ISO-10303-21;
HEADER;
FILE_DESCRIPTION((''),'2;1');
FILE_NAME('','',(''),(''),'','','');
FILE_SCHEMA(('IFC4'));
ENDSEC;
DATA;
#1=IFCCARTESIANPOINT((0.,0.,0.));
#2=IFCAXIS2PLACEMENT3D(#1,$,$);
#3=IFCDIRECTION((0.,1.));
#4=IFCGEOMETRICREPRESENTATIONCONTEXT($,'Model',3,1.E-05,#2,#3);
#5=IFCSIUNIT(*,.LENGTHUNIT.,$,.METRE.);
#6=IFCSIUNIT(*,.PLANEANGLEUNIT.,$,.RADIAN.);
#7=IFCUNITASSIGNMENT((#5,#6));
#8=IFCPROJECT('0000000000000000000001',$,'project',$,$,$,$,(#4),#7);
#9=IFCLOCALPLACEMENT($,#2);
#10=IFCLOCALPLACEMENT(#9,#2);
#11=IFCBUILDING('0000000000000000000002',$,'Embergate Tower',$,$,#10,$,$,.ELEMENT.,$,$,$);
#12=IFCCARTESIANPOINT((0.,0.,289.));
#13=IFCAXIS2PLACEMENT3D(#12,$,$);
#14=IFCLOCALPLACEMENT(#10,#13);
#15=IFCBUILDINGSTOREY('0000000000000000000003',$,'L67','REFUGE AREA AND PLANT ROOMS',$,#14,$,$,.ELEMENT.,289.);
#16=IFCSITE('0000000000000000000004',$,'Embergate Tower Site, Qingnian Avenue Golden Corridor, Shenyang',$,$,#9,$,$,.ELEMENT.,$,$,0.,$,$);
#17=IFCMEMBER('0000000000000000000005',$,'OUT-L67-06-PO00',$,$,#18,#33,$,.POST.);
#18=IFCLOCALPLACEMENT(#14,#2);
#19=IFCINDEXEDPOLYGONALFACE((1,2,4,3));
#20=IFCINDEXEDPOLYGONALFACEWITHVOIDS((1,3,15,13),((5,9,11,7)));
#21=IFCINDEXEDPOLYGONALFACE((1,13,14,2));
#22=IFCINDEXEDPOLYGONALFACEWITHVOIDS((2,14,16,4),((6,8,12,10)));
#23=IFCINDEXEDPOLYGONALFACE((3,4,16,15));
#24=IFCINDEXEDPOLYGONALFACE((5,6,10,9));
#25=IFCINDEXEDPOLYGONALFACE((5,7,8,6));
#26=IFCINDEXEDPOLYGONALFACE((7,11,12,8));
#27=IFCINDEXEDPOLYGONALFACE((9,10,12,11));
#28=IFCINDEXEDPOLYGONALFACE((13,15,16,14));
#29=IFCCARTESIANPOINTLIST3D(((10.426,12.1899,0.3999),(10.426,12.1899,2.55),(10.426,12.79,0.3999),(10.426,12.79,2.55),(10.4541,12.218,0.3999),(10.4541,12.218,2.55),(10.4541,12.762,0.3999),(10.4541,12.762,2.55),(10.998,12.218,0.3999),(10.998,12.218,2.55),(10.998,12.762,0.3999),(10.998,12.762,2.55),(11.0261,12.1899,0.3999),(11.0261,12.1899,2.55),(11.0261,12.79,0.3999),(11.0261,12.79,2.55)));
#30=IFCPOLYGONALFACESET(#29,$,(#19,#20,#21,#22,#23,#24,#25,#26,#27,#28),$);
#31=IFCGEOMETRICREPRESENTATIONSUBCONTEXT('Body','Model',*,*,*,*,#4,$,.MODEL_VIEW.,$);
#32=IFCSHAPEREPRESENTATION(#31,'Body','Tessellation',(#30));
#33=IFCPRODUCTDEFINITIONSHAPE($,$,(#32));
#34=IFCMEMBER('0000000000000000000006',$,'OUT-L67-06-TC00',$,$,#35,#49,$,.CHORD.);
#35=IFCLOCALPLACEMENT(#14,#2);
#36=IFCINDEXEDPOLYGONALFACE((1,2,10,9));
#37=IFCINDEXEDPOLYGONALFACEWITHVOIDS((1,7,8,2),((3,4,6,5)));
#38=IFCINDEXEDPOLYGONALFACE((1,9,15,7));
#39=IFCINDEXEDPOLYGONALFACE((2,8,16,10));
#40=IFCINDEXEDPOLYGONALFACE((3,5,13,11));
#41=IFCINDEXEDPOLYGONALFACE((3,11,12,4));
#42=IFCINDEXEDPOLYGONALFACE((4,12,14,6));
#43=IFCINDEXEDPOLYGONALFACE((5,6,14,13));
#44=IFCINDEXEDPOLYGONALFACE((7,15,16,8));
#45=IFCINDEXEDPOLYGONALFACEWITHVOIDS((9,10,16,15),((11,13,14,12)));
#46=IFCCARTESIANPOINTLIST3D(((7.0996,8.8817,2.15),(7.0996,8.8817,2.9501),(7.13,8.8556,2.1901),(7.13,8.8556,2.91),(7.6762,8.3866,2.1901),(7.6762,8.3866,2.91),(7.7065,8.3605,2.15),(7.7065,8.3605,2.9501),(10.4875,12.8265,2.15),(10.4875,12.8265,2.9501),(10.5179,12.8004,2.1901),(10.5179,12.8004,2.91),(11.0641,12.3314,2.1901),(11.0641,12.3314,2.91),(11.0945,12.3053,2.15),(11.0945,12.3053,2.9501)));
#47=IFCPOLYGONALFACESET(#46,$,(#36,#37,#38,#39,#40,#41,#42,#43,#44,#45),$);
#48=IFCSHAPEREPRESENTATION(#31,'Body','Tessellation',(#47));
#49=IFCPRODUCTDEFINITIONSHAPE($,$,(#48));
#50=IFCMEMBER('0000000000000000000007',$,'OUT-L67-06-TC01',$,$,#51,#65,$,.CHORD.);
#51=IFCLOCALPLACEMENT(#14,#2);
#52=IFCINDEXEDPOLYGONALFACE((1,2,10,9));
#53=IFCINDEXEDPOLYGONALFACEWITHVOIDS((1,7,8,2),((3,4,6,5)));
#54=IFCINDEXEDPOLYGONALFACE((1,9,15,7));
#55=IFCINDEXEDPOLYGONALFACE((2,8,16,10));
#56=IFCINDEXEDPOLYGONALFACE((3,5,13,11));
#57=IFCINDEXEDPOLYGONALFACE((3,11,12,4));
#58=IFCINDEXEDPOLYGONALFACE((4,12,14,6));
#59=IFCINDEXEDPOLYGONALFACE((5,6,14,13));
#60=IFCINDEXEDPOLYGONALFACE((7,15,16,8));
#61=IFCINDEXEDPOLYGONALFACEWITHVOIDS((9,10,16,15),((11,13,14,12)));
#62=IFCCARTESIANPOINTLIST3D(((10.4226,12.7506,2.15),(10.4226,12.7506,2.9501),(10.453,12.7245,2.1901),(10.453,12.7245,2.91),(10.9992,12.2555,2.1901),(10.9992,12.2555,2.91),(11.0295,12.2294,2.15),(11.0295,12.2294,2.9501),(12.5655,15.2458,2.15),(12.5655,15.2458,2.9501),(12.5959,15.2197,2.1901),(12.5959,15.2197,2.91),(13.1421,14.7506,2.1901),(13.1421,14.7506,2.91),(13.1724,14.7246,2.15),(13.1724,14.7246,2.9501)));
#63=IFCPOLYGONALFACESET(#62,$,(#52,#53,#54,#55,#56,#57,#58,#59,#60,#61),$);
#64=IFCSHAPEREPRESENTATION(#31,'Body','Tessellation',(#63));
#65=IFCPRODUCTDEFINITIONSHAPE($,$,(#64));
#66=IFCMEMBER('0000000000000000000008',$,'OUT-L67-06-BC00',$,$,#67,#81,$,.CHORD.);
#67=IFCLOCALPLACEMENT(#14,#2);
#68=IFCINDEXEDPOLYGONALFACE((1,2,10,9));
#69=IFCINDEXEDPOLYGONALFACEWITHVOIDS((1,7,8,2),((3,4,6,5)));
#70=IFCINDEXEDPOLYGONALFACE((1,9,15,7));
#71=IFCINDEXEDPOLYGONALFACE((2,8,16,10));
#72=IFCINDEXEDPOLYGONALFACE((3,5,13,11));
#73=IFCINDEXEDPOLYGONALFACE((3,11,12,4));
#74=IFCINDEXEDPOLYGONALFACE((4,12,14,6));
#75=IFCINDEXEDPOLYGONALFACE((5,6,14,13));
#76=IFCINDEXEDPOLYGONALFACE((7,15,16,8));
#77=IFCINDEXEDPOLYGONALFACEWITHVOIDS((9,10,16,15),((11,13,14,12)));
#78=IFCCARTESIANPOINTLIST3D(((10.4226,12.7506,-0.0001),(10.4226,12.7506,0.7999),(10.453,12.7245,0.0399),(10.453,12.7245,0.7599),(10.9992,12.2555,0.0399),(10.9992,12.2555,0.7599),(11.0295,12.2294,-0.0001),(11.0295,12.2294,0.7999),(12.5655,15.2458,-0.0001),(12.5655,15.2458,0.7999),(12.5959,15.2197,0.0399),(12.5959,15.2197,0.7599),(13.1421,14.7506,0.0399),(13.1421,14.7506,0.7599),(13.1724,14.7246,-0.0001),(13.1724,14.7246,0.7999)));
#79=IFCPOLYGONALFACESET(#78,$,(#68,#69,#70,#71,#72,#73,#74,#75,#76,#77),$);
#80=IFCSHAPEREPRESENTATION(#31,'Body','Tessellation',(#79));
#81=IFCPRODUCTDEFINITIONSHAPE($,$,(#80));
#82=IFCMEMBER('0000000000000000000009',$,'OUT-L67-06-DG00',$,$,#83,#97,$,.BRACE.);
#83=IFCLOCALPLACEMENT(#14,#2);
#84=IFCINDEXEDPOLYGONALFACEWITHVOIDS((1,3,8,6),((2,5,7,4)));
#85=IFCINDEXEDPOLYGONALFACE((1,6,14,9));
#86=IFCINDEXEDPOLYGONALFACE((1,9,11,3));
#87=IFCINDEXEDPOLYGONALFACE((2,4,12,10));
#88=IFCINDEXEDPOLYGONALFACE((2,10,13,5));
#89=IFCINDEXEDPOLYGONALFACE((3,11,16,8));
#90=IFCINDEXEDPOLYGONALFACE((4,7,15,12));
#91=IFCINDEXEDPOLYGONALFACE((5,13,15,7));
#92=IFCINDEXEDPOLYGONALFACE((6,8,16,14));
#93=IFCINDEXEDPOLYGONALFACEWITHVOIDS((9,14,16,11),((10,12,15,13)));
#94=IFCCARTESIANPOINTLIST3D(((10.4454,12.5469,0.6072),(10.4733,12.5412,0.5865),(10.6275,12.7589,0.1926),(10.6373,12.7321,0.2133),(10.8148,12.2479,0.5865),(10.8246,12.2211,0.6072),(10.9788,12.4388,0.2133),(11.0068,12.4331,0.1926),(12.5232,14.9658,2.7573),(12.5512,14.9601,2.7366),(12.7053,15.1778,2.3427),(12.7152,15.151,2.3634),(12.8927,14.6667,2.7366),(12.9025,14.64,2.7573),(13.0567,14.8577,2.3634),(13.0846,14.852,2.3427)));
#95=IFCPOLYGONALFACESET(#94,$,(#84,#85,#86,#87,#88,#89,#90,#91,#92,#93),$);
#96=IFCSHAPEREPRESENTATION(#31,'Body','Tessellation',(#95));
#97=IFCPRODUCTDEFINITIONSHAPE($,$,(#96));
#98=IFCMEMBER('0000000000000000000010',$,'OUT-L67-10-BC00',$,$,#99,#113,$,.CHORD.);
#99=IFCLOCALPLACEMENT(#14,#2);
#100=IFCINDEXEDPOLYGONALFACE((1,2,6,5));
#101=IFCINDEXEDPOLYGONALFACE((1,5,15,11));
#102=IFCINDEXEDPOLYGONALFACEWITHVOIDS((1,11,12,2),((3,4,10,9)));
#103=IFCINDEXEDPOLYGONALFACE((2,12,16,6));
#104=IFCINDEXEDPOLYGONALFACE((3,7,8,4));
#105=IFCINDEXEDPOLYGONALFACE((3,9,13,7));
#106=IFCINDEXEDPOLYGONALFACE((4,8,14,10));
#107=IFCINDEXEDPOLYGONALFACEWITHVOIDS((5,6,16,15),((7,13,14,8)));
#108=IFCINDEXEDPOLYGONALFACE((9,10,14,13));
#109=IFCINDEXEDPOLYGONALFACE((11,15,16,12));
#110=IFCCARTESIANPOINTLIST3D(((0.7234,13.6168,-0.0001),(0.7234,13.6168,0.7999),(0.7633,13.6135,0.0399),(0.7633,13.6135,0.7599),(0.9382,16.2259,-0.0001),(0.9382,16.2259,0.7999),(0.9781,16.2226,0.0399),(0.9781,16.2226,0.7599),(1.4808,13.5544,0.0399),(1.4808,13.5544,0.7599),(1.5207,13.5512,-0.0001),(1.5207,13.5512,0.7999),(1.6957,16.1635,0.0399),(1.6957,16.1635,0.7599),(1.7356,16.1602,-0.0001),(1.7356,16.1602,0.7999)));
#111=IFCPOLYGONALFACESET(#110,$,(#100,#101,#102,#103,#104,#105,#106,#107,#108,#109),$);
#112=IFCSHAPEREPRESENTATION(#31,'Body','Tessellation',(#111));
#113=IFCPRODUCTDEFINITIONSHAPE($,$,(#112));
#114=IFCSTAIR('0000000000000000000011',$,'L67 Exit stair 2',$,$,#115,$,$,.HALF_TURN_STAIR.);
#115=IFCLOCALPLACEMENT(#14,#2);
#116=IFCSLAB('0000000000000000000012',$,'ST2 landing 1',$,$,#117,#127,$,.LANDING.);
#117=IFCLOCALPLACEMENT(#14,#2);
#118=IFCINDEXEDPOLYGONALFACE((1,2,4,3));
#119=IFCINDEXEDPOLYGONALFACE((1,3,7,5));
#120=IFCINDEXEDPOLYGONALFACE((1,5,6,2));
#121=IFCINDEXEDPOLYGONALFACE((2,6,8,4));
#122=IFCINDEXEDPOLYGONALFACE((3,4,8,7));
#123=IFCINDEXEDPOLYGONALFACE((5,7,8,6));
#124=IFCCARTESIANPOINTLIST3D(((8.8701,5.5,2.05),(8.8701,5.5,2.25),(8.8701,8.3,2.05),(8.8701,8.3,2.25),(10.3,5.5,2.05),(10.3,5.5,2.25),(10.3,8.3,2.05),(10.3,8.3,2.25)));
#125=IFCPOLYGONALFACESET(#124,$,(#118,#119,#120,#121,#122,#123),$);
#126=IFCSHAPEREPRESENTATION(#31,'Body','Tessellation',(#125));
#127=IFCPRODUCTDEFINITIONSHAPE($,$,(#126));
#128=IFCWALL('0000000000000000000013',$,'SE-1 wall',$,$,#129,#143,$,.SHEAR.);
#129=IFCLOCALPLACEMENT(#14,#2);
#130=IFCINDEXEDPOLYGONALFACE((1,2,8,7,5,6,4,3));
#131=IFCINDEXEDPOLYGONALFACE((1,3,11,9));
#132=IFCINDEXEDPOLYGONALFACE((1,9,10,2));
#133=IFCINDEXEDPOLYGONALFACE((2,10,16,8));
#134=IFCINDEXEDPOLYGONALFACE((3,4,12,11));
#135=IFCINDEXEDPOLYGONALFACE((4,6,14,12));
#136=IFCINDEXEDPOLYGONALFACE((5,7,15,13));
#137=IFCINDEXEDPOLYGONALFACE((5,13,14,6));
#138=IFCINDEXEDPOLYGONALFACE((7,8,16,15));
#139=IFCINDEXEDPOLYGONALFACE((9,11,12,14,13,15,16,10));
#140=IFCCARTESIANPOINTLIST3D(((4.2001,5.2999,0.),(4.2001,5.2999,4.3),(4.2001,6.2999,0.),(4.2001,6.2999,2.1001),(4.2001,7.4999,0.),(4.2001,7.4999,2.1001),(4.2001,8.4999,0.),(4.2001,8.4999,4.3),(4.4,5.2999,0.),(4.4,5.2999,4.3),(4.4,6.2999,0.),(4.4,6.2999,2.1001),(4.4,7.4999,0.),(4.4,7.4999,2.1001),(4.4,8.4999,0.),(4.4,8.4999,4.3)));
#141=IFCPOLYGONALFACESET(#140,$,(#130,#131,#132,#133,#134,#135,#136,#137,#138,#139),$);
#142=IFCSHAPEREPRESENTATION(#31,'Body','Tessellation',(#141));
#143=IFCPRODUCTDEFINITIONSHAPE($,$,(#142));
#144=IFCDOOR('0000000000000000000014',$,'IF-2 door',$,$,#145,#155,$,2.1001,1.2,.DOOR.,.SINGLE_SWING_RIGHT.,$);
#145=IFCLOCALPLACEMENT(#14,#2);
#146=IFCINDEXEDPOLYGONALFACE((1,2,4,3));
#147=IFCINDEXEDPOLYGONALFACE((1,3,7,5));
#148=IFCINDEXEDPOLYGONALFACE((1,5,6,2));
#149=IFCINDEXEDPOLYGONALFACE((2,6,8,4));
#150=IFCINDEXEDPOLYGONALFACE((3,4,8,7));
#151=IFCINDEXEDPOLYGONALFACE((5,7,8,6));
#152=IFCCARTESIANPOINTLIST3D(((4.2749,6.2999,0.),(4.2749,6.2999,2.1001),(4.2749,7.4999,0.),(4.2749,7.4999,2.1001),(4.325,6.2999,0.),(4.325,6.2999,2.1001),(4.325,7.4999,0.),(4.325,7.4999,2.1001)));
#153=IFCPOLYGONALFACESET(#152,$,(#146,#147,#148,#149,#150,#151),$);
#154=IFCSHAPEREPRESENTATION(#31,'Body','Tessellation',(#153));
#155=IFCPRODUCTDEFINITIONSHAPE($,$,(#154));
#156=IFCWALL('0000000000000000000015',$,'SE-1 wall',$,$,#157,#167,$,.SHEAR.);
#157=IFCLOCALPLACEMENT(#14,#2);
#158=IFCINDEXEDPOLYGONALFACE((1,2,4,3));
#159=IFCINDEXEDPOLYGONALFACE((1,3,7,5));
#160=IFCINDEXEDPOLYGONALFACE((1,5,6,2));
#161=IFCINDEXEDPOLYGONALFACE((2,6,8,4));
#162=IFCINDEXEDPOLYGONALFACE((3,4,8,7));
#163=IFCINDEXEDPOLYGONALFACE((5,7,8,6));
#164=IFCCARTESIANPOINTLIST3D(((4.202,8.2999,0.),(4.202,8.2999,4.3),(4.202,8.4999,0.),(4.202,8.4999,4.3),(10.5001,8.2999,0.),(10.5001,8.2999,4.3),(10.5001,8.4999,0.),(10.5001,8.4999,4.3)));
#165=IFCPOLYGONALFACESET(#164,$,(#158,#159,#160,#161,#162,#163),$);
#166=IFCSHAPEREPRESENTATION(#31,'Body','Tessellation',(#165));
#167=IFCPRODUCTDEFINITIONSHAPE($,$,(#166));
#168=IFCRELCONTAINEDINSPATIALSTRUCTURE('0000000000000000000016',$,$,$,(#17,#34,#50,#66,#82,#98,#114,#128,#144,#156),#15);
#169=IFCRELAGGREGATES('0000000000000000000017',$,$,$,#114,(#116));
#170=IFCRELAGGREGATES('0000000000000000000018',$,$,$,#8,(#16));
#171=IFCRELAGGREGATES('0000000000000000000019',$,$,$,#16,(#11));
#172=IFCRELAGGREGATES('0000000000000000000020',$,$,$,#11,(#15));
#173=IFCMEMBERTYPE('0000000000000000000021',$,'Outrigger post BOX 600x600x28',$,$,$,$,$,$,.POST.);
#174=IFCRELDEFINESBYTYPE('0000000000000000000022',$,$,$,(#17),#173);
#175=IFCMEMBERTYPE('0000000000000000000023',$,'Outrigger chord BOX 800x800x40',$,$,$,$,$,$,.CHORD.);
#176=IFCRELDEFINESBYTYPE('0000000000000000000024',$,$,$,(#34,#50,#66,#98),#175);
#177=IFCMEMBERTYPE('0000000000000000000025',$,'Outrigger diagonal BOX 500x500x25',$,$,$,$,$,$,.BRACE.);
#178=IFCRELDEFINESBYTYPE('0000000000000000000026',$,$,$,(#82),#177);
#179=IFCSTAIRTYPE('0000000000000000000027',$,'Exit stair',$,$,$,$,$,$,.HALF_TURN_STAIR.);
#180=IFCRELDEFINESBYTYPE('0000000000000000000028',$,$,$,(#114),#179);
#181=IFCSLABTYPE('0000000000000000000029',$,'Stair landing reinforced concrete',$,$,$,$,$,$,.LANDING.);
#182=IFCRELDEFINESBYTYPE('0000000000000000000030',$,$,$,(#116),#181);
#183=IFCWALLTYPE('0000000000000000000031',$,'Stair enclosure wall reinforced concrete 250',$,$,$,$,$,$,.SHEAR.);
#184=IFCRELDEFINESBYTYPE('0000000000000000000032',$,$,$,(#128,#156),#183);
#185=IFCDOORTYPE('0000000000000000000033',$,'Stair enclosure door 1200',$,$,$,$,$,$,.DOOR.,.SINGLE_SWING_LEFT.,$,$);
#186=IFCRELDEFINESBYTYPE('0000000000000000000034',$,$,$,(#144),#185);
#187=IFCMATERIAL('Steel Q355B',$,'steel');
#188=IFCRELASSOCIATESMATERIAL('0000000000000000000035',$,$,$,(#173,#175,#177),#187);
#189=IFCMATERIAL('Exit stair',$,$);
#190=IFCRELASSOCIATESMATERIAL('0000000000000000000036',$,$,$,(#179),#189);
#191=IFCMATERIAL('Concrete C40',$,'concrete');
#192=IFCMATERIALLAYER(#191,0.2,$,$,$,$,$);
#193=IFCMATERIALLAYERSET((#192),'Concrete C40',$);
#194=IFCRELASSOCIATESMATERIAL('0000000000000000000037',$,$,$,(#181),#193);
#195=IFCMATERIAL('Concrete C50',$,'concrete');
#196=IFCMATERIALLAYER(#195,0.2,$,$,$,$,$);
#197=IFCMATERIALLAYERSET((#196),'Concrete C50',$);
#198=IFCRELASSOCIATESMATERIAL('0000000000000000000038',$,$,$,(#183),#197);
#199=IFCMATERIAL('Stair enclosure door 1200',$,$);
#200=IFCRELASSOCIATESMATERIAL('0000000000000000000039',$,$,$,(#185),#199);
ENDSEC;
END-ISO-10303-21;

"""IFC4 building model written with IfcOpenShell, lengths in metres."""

from ifc_helpers import new_model, si_unit, direction, frame, frame_2d, origin, origin_2d, place, context, subcontext, project, spatial, polyline, rectangle, hollow_rectangle, outline, extrude, source, transform, mapped, material, layer, layer_set, material_profile, profile_set, type_object, element, fill, aggregate, save


model = new_model("IFC4")

# Units and contexts
model_context = context("Model", 3, precision=1e-05, world=origin(), true_north=direction((0.0, 1.0)))
body_context = subcontext(model_context, "Body", "Model", "MODEL_VIEW")
ifc_project = project(units=[si_unit("LENGTHUNIT", "METRE"), si_unit("PLANEANGLEUNIT", "RADIAN")], contexts=[model_context])

# Site, building, storey
site_placement = place(None, origin())
site = spatial("IfcSite", under=ifc_project, at=site_placement, Name="Embergate Tower Site, Qingnian Avenue Golden Corridor, Shenyang", CompositionType="ELEMENT", RefElevation=0.0)
building_placement = place(site_placement, origin())
building = spatial("IfcBuilding", under=site, at=building_placement, Name="Embergate Tower", CompositionType="ELEMENT")
storey_placement = place(building_placement, frame((0.0, 0.0, 289.0)))
storey = spatial("IfcBuildingStorey", under=building, at=storey_placement, Name="L67", Description="REFUGE AREA AND PLANT ROOMS", CompositionType="ELEMENT", Elevation=289.0)

# Members
ifc_material_1 = material(Name="Steel Q355B", Category="steel")
ifc_material_profile_1 = material_profile(ifc_material_1, hollow_rectangle(XDim=0.6001, YDim=0.6001, WallThickness=0.0281, at=origin_2d()), Name="BOX 600x600x28")
ifc_profile_set_1 = profile_set([ifc_material_profile_1], Name="Steel Q355 grade B")
member_type_1 = type_object("IfcMemberType", Name="Outrigger post BOX 600x600x28", PredefinedType="POST", material=ifc_profile_set_1)
shared_shape_1 = source(origin(), body_context, "Body", "SweptSolid", [
    extrude(hollow_rectangle(XDim=0.6001, YDim=0.6001, WallThickness=0.0281, at=origin_2d()), origin(), (0.0, 0.0, 1.0), 2.1501),
])
member_1_placement = place(storey_placement, frame((10.7261, 12.49, 0.3999), z_axis=(0.0, 0.0, 1.0), x_axis=(1.0, 0.0, 0.0)))
element("IfcMember", 1, at=member_1_placement, inside=storey, type_object=member_type_1, Name="OUT-L67-06-PO00", PredefinedType="POST", context=body_context, shape_type="MappedRepresentation", body=[
    mapped(shared_shape_1, transform((0.0, 0.0, 0.0))),
])
ifc_material_profile_2 = material_profile(ifc_material_1, hollow_rectangle(XDim=0.8, YDim=0.8, WallThickness=0.04, at=origin_2d()), Name="BOX 800x800x40")
ifc_profile_set_2 = profile_set([ifc_material_profile_2], Name="Steel Q355 grade B")
member_type_2 = type_object("IfcMemberType", Name="Outrigger chord BOX 800x800x40", PredefinedType="CHORD", material=ifc_profile_set_2)
shared_shape_2 = source(origin(), body_context, "Body", "SweptSolid", [
    extrude(hollow_rectangle(XDim=0.8, YDim=0.8, WallThickness=0.04, at=origin_2d()), origin(), (0.0, 0.0, 1.0), 5.2),
])
member_2_placement = place(storey_placement, frame((7.4031, 8.6211, 2.55), z_axis=(0.65153, 0.758623, 0.0), x_axis=(-0.758623, 0.65153, 0.0)))
element("IfcMember", 2, at=member_2_placement, inside=storey, type_object=member_type_2, Name="OUT-L67-06-TC00", PredefinedType="CHORD", context=body_context, shape_type="MappedRepresentation", body=[
    mapped(shared_shape_2, transform((0.0, 0.0, 0.0))),
])
shared_shape_3 = source(origin(), body_context, "Body", "SweptSolid", [
    extrude(hollow_rectangle(XDim=0.8, YDim=0.8, WallThickness=0.04, at=origin_2d()), origin(), (0.0, 0.0, 1.0), 3.2891),
])
for number, where, z_axis, x_axis, name in (
    (3, (10.7261, 12.49, 2.55), (0.651519, 0.758633, 0.0), (-0.758633, 0.651519, 0.0), "OUT-L67-06-TC01"),
    (4, (10.7261, 12.49, 0.3999), (0.651519, 0.758633, 0.0), (-0.758633, 0.651519, 0.0), "OUT-L67-06-BC00"),
):
    element("IfcMember", number, at=place(storey_placement, frame(where, z_axis=z_axis, x_axis=x_axis)), inside=storey, type_object=member_type_2, Name=name, PredefinedType="CHORD", context=body_context, shape_type="MappedRepresentation", body=[
        mapped(shared_shape_3, transform((0.0, 0.0, 0.0))),
    ])
ifc_material_profile_3 = material_profile(ifc_material_1, hollow_rectangle(XDim=0.5, YDim=0.5, WallThickness=0.0249, at=origin_2d()), Name="BOX 500x500x25")
ifc_profile_set_3 = profile_set([ifc_material_profile_3], Name="Steel Q355 grade B")
member_type_3 = type_object("IfcMemberType", Name="Outrigger diagonal BOX 500x500x25", PredefinedType="BRACE", material=ifc_profile_set_3)
shared_shape_4 = source(origin(), body_context, "Body", "SweptSolid", [
    extrude(hollow_rectangle(XDim=0.5, YDim=0.5, WallThickness=0.0249, at=origin_2d()), origin(), (0.0, 0.0, 1.0), 3.8459),
])
member_3_placement = place(storey_placement, frame((10.7261, 12.49, 0.3999), z_axis=(0.540265, 0.628945, 0.559055), x_axis=(-0.758559, 0.651604, 0.0)))
element("IfcMember", 5, at=member_3_placement, inside=storey, type_object=member_type_3, Name="OUT-L67-06-DG00", PredefinedType="BRACE", context=body_context, shape_type="MappedRepresentation", body=[
    mapped(shared_shape_4, transform((0.0, 0.0, 0.0))),
])
shared_shape_5 = source(origin(), body_context, "Body", "SweptSolid", [
    extrude(hollow_rectangle(XDim=0.8, YDim=0.8, WallThickness=0.04, at=origin_2d()), origin(), (0.0, 0.0, 1.0), 2.6179),
])
member_4_placement = place(storey_placement, frame((1.1221, 13.584, 0.3999), z_axis=(0.082065, 0.996627, 0.0), x_axis=(-0.996627, 0.082065, 0.0)))
element("IfcMember", 6, at=member_4_placement, inside=storey, type_object=member_type_2, Name="OUT-L67-10-BC00", PredefinedType="CHORD", context=body_context, shape_type="MappedRepresentation", body=[
    mapped(shared_shape_5, transform((0.0, 0.0, 0.0))),
])

# Stair, slab
ifc_material_2 = material(Name="Exit stair")
stair_type = type_object("IfcStairType", Name="Exit stair", PredefinedType="HALF_TURN_STAIR", material=ifc_material_2)
stair_placement = place(storey_placement, origin())
stair = element("IfcStair", 7, at=stair_placement, inside=storey, type_object=stair_type, Name="L67 Exit stair 2", PredefinedType="HALF_TURN_STAIR")
ifc_material_3 = material(Name="Concrete C40", Category="concrete")
ifc_layer_1 = layer(ifc_material_3, 0.2)
ifc_layer_set_1 = layer_set([ifc_layer_1], Name="Concrete C40")
slab_type = type_object("IfcSlabType", Name="Stair landing reinforced concrete", PredefinedType="LANDING", material=ifc_layer_set_1)
shared_shape_6 = source(origin(), body_context, "Body", "SweptSolid", [
    extrude(outline(polyline([(0.0, 0.0), (1.4299, 0.0), (1.4299, 2.8), (0.0, 2.8), (0.0, 0.0)])), origin(), (0.0, 0.0, 1.0), 0.2),
])
slab_placement = place(storey_placement, frame((8.8701, 5.5, 2.05)))
slab = element("IfcSlab", 8, at=slab_placement, type_object=slab_type, Name="ST2 landing 1", PredefinedType="LANDING", context=body_context, shape_type="MappedRepresentation", body=[
    mapped(shared_shape_6, transform((0.0, 0.0, 0.0))),
])

# Wall, opening, door
ifc_material_4 = material(Name="Concrete C50", Category="concrete")
ifc_layer_2 = layer(ifc_material_4, 0.2)
ifc_layer_set_2 = layer_set([ifc_layer_2], Name="Concrete C50")
wall_type_1 = type_object("IfcWallType", Name="Stair enclosure wall reinforced concrete 250", PredefinedType="SHEAR", material=ifc_layer_set_2)
shared_shape_7 = source(origin(), body_context, "Body", "SweptSolid", [
    extrude(rectangle(XDim=3.2, YDim=0.2, at=frame_2d((1.6001, 0.0))), origin(), (0.0, 0.0, 1.0), 4.3),
])
wall_1_placement = place(storey_placement, frame((4.3, 8.5, 0.0), z_axis=(0.0, 0.0, 1.0), x_axis=(0.0, -1.0, 0.0)))
wall_1 = element("IfcWall", 9, at=wall_1_placement, inside=storey, type_object=wall_type_1, Name="SE-1 wall", PredefinedType="SHEAR", context=body_context, shape_type="MappedRepresentation", body=[
    mapped(shared_shape_7, transform((0.0, 0.0, 0.0))),
])
shared_shape_8 = source(origin(), body_context, "Body", "SweptSolid", [
    extrude(rectangle(XDim=1.2, YDim=2.1001, at=frame_2d((0.6001, 1.05))), frame((0.0, 0.1099, 0.0), z_axis=(0.0, -1.0, 0.0), x_axis=(1.0, 0.0, 0.0)), (0.0, 0.0, 1.0), 0.22),
])
opening_1_placement = place(wall_1_placement, frame((1.0, 0.0, 0.0)))
opening_1 = element("IfcOpeningElement", 10, at=opening_1_placement, cuts=wall_1, PredefinedType="OPENING", context=body_context, shape_type="MappedRepresentation", body=[
    mapped(shared_shape_8, transform((0.0, 0.0, 0.0))),
])
ifc_material_5 = material(Name="Stair enclosure door 1200")
door_type_1 = type_object("IfcDoorType", Name="Stair enclosure door 1200", OperationType="SINGLE_SWING_LEFT", PredefinedType="DOOR", material=ifc_material_5)
shared_shape_9 = source(origin(), body_context, "Body", "SweptSolid", [
    extrude(rectangle(XDim=1.2, YDim=2.1001, at=frame_2d((0.6001, 1.05))), frame((0.0, 0.0249, 0.0), z_axis=(0.0, -1.0, 0.0), x_axis=(1.0, 0.0, 0.0)), (0.0, 0.0, 1.0), 0.05),
])
door_1_placement = place(opening_1_placement, origin())
door_1 = element("IfcDoor", 11, at=door_1_placement, inside=storey, type_object=door_type_1, Name="IF-2 door", OperationType="SINGLE_SWING_RIGHT", OverallHeight=2.1001, OverallWidth=1.2, PredefinedType="DOOR", context=body_context, shape_type="MappedRepresentation", body=[
    mapped(shared_shape_9, transform((0.0, 0.0, 0.0))),
])
fill(opening_1, door_1)

# Wall
shared_shape_10 = source(origin(), body_context, "Body", "SweptSolid", [
    extrude(rectangle(XDim=6.2981, YDim=0.2, at=frame_2d((3.1489, 0.0))), origin(), (0.0, 0.0, 1.0), 4.3),
])
wall_2_placement = place(storey_placement, frame((10.5, 8.3999, 0.0), z_axis=(0.0, 0.0, 1.0), x_axis=(-1.0, 0.0, 0.0)))
element("IfcWall", 12, at=wall_2_placement, inside=storey, type_object=wall_type_1, Name="SE-1 wall", PredefinedType="SHEAR", context=body_context, shape_type="MappedRepresentation", body=[
    mapped(shared_shape_10, transform((0.0, 0.0, 0.0))),
])

aggregate(stair, [slab])

save(model, "model.ifc")
